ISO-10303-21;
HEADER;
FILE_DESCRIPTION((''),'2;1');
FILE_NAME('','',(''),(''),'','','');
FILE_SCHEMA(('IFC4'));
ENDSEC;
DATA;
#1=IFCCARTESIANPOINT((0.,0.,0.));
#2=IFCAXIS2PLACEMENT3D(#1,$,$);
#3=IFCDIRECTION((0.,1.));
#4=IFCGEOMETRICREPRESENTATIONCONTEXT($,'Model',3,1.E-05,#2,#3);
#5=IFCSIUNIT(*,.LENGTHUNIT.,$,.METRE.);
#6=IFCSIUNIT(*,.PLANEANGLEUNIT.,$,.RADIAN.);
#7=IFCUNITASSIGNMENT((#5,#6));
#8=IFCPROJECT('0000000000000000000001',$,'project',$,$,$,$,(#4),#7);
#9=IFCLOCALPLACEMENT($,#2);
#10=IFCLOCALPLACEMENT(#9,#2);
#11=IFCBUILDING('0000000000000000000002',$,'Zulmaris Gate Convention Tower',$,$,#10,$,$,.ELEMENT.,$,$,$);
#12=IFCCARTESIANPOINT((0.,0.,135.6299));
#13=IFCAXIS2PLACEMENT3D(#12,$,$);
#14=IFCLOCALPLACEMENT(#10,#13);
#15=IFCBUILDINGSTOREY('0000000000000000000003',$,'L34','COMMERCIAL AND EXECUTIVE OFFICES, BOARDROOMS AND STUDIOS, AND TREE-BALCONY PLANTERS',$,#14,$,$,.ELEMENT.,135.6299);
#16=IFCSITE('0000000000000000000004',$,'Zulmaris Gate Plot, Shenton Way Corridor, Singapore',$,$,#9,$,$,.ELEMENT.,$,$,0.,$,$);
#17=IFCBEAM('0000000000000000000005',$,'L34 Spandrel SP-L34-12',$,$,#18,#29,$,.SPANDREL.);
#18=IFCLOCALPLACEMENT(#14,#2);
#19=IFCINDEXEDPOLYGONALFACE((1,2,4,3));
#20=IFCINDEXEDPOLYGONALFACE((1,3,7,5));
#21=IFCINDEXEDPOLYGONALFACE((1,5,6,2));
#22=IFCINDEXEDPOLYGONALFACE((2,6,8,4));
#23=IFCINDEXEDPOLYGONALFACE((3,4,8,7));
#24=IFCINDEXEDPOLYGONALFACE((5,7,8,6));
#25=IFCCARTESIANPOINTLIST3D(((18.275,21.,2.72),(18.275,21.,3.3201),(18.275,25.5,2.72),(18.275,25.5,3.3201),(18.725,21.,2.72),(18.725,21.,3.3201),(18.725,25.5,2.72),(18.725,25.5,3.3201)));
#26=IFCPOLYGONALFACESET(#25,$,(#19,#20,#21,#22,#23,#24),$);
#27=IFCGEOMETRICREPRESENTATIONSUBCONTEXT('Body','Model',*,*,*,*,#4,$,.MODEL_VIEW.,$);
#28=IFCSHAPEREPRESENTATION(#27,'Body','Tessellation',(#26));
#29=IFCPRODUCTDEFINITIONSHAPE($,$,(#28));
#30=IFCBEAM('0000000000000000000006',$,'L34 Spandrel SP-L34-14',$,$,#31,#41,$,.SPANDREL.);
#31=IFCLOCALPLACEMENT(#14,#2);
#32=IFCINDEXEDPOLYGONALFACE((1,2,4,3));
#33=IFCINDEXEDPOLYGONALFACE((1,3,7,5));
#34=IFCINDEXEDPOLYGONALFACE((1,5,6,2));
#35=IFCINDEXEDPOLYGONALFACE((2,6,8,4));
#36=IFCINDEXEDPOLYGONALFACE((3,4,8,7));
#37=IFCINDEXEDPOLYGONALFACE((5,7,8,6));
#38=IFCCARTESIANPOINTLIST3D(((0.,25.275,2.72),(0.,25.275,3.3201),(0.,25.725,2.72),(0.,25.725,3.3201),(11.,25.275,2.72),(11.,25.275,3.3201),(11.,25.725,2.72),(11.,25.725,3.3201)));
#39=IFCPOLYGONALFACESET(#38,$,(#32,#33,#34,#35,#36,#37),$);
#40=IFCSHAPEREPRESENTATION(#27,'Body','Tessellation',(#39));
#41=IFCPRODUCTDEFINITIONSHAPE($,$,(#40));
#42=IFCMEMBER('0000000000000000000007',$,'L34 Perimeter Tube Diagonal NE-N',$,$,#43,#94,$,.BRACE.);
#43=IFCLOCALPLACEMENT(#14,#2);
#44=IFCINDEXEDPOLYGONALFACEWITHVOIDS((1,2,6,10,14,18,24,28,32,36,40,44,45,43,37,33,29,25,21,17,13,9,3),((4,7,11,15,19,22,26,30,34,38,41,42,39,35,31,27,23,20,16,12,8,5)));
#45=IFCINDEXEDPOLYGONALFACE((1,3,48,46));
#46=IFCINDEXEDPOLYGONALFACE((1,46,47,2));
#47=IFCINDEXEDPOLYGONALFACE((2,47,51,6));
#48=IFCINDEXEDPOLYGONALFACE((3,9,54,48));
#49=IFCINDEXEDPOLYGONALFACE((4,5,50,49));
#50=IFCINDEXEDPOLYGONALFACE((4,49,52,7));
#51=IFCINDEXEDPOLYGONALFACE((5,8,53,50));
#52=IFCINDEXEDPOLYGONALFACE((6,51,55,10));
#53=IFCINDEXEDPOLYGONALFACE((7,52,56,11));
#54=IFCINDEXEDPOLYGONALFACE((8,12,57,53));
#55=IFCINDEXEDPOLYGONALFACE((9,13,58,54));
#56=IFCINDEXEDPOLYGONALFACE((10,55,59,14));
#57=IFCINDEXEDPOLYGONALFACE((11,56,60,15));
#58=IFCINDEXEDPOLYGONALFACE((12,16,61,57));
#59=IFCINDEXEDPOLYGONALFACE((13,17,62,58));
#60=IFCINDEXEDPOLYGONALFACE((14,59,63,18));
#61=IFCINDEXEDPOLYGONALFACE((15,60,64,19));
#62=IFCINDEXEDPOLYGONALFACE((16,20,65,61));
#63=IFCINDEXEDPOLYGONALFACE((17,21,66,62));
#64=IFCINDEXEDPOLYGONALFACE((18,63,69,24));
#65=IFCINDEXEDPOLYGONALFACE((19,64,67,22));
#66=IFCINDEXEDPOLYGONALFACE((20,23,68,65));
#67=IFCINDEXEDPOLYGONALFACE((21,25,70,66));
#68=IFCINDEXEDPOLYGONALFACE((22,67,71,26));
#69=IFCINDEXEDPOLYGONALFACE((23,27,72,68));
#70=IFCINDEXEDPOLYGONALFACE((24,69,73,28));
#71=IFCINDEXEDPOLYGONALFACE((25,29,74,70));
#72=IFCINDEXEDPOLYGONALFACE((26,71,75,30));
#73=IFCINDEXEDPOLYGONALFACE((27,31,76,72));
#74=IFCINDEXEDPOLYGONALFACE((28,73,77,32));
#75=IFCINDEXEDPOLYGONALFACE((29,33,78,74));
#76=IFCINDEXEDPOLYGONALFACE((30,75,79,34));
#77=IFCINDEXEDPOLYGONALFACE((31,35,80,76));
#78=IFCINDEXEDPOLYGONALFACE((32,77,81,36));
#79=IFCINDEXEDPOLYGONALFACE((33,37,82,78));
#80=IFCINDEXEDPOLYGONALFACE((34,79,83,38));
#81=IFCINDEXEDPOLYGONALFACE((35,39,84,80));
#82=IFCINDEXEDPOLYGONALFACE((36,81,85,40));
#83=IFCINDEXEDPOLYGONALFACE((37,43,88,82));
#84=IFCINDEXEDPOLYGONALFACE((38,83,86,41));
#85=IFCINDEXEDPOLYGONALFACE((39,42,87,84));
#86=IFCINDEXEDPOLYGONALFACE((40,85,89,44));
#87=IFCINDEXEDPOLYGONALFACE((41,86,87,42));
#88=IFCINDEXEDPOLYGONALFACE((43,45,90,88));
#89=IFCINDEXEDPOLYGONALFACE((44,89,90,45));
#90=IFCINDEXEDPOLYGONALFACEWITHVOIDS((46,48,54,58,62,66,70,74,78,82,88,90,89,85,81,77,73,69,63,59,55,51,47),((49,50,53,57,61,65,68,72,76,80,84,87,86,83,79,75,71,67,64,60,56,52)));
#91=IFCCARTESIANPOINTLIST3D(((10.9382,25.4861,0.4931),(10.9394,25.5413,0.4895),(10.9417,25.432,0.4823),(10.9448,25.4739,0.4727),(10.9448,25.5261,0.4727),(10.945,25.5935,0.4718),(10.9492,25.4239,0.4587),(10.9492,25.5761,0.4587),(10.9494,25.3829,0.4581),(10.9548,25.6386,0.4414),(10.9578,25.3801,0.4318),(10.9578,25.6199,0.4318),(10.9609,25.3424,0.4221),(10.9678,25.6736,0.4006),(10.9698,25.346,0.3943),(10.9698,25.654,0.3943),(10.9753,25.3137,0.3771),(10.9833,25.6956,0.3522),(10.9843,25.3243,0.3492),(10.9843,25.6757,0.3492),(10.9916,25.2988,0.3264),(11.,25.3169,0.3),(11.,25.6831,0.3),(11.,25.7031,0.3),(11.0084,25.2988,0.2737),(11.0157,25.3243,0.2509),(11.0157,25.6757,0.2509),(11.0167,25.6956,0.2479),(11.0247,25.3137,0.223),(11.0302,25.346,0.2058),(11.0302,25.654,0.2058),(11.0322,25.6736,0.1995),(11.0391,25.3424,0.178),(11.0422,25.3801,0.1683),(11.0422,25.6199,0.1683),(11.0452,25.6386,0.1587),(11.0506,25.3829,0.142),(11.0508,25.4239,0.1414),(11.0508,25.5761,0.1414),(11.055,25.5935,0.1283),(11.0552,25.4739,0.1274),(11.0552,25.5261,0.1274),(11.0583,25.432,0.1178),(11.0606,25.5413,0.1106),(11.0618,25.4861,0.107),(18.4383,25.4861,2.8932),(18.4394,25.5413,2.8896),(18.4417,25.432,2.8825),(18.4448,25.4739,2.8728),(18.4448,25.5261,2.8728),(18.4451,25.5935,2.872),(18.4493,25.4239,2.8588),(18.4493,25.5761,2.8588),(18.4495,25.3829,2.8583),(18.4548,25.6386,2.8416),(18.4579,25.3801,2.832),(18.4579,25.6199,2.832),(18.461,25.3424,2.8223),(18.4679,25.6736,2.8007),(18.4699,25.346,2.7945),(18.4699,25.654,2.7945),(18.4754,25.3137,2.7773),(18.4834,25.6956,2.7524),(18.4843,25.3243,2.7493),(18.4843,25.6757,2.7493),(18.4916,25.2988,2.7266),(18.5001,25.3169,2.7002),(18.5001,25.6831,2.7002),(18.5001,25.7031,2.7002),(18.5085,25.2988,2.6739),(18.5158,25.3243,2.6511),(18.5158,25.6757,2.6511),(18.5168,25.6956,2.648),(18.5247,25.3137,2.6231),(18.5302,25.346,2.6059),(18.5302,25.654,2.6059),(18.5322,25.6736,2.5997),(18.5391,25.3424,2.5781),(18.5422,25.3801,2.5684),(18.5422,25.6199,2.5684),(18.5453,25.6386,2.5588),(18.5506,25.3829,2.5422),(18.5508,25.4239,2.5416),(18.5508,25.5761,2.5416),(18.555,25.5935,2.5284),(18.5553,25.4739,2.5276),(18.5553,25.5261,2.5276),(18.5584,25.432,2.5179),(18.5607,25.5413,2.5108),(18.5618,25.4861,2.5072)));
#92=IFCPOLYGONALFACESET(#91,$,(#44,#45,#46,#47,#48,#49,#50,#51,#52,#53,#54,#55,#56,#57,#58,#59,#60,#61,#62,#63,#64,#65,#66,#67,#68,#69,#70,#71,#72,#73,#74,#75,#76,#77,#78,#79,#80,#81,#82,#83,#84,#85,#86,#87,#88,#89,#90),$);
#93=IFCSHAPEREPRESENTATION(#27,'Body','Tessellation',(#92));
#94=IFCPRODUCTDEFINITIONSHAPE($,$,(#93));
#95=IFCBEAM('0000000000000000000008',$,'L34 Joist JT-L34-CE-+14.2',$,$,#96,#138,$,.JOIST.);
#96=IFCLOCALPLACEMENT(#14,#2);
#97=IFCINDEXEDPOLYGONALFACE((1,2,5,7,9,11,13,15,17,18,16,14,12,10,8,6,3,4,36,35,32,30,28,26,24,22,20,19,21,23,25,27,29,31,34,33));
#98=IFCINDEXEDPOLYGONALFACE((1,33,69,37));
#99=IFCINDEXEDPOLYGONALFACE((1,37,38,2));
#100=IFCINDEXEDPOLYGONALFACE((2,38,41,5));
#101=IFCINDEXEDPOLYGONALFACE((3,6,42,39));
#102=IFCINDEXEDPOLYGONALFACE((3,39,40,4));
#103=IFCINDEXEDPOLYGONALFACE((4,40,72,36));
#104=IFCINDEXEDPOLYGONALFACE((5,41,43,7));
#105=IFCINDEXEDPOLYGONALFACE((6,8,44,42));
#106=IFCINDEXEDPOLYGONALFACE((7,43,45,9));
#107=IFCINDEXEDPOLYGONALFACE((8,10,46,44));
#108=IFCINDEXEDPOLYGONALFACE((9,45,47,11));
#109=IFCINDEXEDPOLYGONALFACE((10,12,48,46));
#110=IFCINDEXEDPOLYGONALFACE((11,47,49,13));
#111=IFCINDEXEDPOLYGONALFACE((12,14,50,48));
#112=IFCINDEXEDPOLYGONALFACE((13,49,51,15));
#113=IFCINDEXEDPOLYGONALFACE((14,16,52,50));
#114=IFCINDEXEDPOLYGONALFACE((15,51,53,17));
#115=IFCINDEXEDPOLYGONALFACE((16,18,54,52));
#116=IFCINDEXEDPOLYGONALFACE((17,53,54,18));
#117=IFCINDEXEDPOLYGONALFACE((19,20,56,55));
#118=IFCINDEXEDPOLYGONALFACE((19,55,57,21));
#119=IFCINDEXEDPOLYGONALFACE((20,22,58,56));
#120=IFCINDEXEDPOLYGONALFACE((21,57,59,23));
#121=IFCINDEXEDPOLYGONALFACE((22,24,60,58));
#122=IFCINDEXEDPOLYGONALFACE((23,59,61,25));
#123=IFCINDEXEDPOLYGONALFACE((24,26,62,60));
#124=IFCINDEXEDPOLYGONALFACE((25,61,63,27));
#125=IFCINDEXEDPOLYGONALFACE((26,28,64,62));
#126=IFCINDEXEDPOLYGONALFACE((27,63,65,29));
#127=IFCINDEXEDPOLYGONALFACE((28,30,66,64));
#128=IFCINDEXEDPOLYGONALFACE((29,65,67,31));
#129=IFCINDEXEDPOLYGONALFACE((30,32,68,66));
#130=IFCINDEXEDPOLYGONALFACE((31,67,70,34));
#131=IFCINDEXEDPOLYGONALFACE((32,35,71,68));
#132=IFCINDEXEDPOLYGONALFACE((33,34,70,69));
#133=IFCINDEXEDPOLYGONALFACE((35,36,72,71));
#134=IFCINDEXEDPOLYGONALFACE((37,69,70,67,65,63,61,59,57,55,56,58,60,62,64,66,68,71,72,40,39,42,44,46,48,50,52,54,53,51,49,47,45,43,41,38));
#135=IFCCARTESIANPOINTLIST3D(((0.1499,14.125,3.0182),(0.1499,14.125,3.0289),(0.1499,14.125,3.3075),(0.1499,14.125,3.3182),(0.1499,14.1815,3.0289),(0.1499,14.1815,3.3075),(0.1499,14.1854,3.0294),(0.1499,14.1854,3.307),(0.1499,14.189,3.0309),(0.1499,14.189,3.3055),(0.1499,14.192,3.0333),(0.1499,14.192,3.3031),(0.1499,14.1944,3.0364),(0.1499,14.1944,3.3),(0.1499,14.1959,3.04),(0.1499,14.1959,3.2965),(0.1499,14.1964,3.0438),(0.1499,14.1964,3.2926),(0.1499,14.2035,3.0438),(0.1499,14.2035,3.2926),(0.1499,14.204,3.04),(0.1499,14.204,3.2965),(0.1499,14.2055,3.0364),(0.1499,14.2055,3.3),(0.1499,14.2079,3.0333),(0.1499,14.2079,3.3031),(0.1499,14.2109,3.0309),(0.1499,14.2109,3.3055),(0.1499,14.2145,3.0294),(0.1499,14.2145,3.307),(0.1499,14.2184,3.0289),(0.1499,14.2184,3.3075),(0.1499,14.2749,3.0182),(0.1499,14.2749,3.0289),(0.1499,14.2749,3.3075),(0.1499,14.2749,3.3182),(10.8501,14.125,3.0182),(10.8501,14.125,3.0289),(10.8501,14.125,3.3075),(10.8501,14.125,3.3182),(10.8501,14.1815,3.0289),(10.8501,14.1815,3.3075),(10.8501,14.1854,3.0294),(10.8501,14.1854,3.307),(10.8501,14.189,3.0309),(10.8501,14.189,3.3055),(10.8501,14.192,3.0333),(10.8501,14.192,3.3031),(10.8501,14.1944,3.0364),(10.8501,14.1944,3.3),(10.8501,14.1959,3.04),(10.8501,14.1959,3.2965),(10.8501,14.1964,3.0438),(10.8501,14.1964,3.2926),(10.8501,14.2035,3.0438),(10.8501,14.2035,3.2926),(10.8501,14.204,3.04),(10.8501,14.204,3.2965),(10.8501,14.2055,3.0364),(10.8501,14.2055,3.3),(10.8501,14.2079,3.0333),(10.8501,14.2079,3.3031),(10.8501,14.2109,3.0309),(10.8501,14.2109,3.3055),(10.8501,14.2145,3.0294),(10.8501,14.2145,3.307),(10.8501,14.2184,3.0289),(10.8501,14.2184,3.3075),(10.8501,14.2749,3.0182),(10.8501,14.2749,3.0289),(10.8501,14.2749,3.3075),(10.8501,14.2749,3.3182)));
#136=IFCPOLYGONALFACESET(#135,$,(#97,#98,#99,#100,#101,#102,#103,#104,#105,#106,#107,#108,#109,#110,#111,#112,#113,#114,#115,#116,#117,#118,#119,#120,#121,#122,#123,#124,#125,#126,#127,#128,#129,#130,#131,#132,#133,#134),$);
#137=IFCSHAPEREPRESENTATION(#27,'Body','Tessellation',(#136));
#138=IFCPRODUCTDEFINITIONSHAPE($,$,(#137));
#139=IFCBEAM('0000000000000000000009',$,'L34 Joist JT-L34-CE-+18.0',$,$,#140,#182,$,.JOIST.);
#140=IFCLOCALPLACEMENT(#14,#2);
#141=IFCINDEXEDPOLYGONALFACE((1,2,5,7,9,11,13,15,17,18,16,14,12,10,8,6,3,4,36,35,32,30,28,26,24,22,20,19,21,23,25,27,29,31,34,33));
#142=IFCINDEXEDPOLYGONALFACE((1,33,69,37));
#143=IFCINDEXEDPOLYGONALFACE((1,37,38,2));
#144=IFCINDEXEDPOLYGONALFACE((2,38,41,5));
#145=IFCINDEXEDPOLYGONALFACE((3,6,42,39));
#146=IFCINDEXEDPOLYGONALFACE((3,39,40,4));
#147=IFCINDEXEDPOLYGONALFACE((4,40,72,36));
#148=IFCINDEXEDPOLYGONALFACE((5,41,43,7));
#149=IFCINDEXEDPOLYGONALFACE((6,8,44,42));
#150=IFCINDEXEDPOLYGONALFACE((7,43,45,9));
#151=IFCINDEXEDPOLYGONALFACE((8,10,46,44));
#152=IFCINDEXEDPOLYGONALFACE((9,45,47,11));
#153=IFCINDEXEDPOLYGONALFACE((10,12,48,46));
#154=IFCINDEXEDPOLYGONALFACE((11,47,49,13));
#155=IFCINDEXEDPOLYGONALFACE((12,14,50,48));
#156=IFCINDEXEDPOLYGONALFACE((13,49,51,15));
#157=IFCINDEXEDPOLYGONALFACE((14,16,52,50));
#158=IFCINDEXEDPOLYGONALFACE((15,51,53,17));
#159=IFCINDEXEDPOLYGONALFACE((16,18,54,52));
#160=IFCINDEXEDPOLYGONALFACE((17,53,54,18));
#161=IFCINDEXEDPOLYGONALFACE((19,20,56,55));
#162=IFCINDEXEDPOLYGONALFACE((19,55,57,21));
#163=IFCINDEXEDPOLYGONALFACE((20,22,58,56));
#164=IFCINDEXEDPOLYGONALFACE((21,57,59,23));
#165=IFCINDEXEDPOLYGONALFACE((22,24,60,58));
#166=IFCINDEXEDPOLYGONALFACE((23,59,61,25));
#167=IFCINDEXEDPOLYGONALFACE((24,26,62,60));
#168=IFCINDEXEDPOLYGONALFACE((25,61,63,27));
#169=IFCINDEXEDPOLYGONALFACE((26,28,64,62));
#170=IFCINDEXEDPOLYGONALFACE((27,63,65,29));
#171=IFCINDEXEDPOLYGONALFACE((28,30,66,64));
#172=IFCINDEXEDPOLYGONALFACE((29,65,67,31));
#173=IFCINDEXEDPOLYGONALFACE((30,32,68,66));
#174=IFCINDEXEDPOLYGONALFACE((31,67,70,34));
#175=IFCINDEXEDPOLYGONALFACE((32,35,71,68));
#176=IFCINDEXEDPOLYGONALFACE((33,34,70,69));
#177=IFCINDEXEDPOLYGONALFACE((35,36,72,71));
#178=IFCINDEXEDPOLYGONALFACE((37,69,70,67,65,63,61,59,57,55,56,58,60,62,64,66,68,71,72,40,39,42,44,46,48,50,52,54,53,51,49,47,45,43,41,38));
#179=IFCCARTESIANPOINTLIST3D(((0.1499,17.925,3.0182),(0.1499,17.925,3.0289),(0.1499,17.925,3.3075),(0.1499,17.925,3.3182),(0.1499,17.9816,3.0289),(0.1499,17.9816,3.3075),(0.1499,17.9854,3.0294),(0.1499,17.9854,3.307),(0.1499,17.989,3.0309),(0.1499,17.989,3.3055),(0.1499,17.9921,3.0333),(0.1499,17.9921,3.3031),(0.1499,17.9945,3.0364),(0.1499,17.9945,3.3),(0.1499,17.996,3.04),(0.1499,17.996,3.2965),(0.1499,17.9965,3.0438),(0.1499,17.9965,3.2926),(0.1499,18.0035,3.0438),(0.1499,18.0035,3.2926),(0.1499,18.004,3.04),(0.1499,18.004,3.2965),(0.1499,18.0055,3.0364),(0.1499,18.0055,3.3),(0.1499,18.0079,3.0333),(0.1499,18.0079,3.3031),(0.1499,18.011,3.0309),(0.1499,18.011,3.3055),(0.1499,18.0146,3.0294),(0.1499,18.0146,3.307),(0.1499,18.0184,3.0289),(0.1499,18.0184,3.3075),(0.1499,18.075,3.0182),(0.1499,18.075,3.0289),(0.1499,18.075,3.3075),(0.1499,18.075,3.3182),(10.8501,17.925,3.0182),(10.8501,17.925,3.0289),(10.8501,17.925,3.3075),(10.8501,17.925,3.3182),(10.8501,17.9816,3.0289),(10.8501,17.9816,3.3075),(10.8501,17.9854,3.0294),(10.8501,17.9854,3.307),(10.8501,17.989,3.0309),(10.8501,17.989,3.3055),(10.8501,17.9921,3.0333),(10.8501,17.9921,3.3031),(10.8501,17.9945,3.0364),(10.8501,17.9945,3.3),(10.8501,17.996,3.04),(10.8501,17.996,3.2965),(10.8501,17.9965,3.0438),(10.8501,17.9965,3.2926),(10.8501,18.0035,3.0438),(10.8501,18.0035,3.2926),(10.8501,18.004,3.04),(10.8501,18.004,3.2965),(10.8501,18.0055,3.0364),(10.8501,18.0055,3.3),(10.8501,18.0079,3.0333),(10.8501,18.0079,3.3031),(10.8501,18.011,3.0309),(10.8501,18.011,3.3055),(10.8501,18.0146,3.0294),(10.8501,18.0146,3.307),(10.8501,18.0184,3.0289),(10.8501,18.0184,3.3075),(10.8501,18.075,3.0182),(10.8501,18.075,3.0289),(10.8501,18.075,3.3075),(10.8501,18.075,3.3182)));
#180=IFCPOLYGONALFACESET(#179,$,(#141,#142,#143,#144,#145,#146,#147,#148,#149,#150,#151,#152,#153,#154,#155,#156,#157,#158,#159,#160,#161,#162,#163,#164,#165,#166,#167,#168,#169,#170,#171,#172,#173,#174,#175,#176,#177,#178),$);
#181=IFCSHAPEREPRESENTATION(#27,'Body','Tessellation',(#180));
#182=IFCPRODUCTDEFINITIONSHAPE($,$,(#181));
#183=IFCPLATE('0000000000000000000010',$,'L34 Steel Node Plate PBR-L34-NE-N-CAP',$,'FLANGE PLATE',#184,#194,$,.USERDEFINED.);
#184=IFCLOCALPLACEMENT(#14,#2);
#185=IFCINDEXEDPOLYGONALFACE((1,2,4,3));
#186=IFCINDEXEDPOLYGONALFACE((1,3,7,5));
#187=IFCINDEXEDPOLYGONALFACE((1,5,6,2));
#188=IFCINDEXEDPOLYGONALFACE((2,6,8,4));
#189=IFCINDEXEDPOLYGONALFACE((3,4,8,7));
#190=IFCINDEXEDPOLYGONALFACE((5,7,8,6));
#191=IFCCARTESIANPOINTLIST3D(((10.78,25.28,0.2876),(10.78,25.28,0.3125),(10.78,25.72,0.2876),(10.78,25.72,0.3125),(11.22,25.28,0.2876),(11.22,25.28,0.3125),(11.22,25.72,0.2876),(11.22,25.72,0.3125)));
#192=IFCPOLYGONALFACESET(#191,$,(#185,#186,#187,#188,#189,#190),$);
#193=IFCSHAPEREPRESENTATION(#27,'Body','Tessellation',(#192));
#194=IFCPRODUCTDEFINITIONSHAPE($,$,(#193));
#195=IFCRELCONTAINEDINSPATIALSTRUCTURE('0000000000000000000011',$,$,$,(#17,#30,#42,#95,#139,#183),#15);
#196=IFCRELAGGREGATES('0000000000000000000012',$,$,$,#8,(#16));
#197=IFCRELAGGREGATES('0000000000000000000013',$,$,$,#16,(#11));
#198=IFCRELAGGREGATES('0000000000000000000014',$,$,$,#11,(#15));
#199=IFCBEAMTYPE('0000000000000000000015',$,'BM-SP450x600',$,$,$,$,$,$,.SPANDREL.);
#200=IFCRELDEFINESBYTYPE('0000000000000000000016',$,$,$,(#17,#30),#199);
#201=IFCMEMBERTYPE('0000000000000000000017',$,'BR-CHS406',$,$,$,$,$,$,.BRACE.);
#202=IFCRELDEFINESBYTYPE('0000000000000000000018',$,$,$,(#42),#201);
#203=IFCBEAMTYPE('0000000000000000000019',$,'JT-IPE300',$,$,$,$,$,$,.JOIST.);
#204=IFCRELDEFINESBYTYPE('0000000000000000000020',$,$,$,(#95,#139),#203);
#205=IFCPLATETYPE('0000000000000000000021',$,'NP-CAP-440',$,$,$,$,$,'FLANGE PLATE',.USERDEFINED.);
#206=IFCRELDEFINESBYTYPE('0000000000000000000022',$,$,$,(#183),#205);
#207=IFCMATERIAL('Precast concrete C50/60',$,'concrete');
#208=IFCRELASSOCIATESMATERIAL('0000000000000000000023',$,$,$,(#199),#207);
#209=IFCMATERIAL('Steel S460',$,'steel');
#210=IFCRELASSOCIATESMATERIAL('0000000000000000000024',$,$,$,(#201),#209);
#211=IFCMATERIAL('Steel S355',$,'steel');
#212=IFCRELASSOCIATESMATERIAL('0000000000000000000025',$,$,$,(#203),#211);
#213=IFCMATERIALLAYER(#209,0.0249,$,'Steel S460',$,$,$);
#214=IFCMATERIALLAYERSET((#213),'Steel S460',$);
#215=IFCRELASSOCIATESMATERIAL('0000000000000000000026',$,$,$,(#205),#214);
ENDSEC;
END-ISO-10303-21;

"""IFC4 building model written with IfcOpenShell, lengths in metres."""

from ifc_helpers import new_model, si_unit, direction, frame, origin, origin_2d, place, context, subcontext, project, spatial, rectangle, hollow_circle, i_section, extrude, material, layer, layer_set, material_profile, profile_set, type_object, element, save


model = new_model("IFC4")

# Units and contexts
model_context = context("Model", 3, precision=1e-05, world=origin(), true_north=direction((0.0, 1.0)))
body_context = subcontext(model_context, "Body", "Model", "MODEL_VIEW")
ifc_project = project(units=[si_unit("LENGTHUNIT", "METRE"), si_unit("PLANEANGLEUNIT", "RADIAN")], contexts=[model_context])

# Site, building, storey
site_placement = place(None, origin())
site = spatial("IfcSite", under=ifc_project, at=site_placement, Name="Zulmaris Gate Plot, Shenton Way Corridor, Singapore", CompositionType="ELEMENT", RefElevation=0.0)
building_placement = place(site_placement, origin())
building = spatial("IfcBuilding", under=site, at=building_placement, Name="Zulmaris Gate Convention Tower", CompositionType="ELEMENT")
storey_placement = place(building_placement, frame((0.0, 0.0, 135.6299)))
storey = spatial("IfcBuildingStorey", under=building, at=storey_placement, Name="L34", Description="COMMERCIAL AND EXECUTIVE OFFICES, BOARDROOMS AND STUDIOS, AND TREE-BALCONY PLANTERS", CompositionType="ELEMENT", Elevation=135.6299)

# Beams
ifc_material_1 = material(Name="Steel S355", Category="steel")
ifc_material_2 = material(Name="Precast concrete C50/60", Category="concrete")
ifc_material_profile_1 = material_profile(ifc_material_2, rectangle(XDim=0.45, YDim=0.6001, at=origin_2d()), Name="RC SPANDREL 450x600")
ifc_profile_set_1 = profile_set([ifc_material_profile_1], Name="Precast concrete C50/60")
beam_type_1 = type_object("IfcBeamType", Name="BM-SP450x600", PredefinedType="SPANDREL", material=ifc_profile_set_1)
beam_1_placement = place(storey_placement, frame((18.5, 21.0, 3.02), z_axis=(0.0, 1.0, 0.0), x_axis=(-1.0, 0.0, 0.0)))
element("IfcBeam", 1, at=beam_1_placement, inside=storey, type_object=beam_type_1, Name="L34 Spandrel SP-L34-12", PredefinedType="SPANDREL", context=body_context, shape_type="SweptSolid", body=[
    extrude(rectangle(XDim=0.45, YDim=0.6001, at=origin_2d()), origin(), (0.0, 0.0, 1.0), 4.5),
])
beam_2_placement = place(storey_placement, frame((11.0, 25.5, 3.02), z_axis=(-1.0, 0.0, 0.0), x_axis=(0.0, -1.0, 0.0)))
element("IfcBeam", 2, at=beam_2_placement, inside=storey, type_object=beam_type_1, Name="L34 Spandrel SP-L34-14", PredefinedType="SPANDREL", context=body_context, shape_type="SweptSolid", body=[
    extrude(rectangle(XDim=0.45, YDim=0.6001, at=origin_2d()), origin(), (0.0, 0.0, 1.0), 11.0),
])

# Member
ifc_material_3 = material(Name="Steel S460", Category="steel")
ifc_material_profile_2 = material_profile(ifc_material_3, hollow_circle(Radius=0.2031, WallThickness=0.02, at=origin_2d()), Name="CHS 406.4x20")
ifc_profile_set_2 = profile_set([ifc_material_profile_2], Name="Steel S460")
member_type = type_object("IfcMemberType", Name="BR-CHS406", PredefinedType="BRACE", material=ifc_profile_set_2)
member_placement = place(storey_placement, frame((11.0, 25.5, 0.3), z_axis=(0.952419, 0.0, 0.304793), x_axis=(0.0, 1.0, 0.0)))
element("IfcMember", 3, at=member_placement, inside=storey, type_object=member_type, Name="L34 Perimeter Tube Diagonal NE-N", PredefinedType="BRACE", context=body_context, shape_type="SweptSolid", body=[
    extrude(hollow_circle(Radius=0.2031, WallThickness=0.02, at=origin_2d()), origin(), (0.0, 0.0, 1.0), 7.8748),
])

# Beams
ifc_material_profile_3 = material_profile(ifc_material_1, i_section(OverallWidth=0.1499, OverallDepth=0.3, WebThickness=0.0071, FlangeThickness=0.0107, FilletRadius=0.0149, at=origin_2d()), Name="IPE 300")
ifc_profile_set_3 = profile_set([ifc_material_profile_3], Name="Steel S355")
beam_type_2 = type_object("IfcBeamType", Name="JT-IPE300", PredefinedType="JOIST", material=ifc_profile_set_3)
for number, where, z_axis, x_axis, name in (
    (4, (0.1499, 14.2, 3.1682), (1.0, 0.0, 0.0), (0.0, 1.0, 0.0), "L34 Joist JT-L34-CE-+14.2"),
    (5, (0.1499, 18.0, 3.1682), (1.0, 0.0, 0.0), (0.0, 1.0, 0.0), "L34 Joist JT-L34-CE-+18.0"),
):
    element("IfcBeam", number, at=place(storey_placement, frame(where, z_axis=z_axis, x_axis=x_axis)), inside=storey, type_object=beam_type_2, Name=name, PredefinedType="JOIST", context=body_context, shape_type="SweptSolid", body=[
        extrude(i_section(OverallWidth=0.1499, OverallDepth=0.3, WebThickness=0.0071, FlangeThickness=0.0107, FilletRadius=0.0149, at=origin_2d()), origin(), (0.0, 0.0, 1.0), 10.7002),
    ])

# Plate
ifc_layer_1 = layer(ifc_material_3, 0.0249, Name="Steel S460")
ifc_layer_set_1 = layer_set([ifc_layer_1], Name="Steel S460")
plate_type = type_object("IfcPlateType", Name="NP-CAP-440", ElementType="FLANGE PLATE", PredefinedType="USERDEFINED", material=ifc_layer_set_1)
plate_placement = place(storey_placement, frame((11.0, 25.5, 0.2876), z_axis=(0.0, 0.0, 1.0), x_axis=(1.0, 0.0, 0.0)))
element("IfcPlate", 6, at=plate_placement, inside=storey, type_object=plate_type, Name="L34 Steel Node Plate PBR-L34-NE-N-CAP", ObjectType="FLANGE PLATE", PredefinedType="USERDEFINED", context=body_context, shape_type="SweptSolid", body=[
    extrude(rectangle(XDim=0.4399, YDim=0.4399, at=origin_2d()), origin(), (0.0, 0.0, 1.0), 0.0249),
])

save(model, "model.ifc")
